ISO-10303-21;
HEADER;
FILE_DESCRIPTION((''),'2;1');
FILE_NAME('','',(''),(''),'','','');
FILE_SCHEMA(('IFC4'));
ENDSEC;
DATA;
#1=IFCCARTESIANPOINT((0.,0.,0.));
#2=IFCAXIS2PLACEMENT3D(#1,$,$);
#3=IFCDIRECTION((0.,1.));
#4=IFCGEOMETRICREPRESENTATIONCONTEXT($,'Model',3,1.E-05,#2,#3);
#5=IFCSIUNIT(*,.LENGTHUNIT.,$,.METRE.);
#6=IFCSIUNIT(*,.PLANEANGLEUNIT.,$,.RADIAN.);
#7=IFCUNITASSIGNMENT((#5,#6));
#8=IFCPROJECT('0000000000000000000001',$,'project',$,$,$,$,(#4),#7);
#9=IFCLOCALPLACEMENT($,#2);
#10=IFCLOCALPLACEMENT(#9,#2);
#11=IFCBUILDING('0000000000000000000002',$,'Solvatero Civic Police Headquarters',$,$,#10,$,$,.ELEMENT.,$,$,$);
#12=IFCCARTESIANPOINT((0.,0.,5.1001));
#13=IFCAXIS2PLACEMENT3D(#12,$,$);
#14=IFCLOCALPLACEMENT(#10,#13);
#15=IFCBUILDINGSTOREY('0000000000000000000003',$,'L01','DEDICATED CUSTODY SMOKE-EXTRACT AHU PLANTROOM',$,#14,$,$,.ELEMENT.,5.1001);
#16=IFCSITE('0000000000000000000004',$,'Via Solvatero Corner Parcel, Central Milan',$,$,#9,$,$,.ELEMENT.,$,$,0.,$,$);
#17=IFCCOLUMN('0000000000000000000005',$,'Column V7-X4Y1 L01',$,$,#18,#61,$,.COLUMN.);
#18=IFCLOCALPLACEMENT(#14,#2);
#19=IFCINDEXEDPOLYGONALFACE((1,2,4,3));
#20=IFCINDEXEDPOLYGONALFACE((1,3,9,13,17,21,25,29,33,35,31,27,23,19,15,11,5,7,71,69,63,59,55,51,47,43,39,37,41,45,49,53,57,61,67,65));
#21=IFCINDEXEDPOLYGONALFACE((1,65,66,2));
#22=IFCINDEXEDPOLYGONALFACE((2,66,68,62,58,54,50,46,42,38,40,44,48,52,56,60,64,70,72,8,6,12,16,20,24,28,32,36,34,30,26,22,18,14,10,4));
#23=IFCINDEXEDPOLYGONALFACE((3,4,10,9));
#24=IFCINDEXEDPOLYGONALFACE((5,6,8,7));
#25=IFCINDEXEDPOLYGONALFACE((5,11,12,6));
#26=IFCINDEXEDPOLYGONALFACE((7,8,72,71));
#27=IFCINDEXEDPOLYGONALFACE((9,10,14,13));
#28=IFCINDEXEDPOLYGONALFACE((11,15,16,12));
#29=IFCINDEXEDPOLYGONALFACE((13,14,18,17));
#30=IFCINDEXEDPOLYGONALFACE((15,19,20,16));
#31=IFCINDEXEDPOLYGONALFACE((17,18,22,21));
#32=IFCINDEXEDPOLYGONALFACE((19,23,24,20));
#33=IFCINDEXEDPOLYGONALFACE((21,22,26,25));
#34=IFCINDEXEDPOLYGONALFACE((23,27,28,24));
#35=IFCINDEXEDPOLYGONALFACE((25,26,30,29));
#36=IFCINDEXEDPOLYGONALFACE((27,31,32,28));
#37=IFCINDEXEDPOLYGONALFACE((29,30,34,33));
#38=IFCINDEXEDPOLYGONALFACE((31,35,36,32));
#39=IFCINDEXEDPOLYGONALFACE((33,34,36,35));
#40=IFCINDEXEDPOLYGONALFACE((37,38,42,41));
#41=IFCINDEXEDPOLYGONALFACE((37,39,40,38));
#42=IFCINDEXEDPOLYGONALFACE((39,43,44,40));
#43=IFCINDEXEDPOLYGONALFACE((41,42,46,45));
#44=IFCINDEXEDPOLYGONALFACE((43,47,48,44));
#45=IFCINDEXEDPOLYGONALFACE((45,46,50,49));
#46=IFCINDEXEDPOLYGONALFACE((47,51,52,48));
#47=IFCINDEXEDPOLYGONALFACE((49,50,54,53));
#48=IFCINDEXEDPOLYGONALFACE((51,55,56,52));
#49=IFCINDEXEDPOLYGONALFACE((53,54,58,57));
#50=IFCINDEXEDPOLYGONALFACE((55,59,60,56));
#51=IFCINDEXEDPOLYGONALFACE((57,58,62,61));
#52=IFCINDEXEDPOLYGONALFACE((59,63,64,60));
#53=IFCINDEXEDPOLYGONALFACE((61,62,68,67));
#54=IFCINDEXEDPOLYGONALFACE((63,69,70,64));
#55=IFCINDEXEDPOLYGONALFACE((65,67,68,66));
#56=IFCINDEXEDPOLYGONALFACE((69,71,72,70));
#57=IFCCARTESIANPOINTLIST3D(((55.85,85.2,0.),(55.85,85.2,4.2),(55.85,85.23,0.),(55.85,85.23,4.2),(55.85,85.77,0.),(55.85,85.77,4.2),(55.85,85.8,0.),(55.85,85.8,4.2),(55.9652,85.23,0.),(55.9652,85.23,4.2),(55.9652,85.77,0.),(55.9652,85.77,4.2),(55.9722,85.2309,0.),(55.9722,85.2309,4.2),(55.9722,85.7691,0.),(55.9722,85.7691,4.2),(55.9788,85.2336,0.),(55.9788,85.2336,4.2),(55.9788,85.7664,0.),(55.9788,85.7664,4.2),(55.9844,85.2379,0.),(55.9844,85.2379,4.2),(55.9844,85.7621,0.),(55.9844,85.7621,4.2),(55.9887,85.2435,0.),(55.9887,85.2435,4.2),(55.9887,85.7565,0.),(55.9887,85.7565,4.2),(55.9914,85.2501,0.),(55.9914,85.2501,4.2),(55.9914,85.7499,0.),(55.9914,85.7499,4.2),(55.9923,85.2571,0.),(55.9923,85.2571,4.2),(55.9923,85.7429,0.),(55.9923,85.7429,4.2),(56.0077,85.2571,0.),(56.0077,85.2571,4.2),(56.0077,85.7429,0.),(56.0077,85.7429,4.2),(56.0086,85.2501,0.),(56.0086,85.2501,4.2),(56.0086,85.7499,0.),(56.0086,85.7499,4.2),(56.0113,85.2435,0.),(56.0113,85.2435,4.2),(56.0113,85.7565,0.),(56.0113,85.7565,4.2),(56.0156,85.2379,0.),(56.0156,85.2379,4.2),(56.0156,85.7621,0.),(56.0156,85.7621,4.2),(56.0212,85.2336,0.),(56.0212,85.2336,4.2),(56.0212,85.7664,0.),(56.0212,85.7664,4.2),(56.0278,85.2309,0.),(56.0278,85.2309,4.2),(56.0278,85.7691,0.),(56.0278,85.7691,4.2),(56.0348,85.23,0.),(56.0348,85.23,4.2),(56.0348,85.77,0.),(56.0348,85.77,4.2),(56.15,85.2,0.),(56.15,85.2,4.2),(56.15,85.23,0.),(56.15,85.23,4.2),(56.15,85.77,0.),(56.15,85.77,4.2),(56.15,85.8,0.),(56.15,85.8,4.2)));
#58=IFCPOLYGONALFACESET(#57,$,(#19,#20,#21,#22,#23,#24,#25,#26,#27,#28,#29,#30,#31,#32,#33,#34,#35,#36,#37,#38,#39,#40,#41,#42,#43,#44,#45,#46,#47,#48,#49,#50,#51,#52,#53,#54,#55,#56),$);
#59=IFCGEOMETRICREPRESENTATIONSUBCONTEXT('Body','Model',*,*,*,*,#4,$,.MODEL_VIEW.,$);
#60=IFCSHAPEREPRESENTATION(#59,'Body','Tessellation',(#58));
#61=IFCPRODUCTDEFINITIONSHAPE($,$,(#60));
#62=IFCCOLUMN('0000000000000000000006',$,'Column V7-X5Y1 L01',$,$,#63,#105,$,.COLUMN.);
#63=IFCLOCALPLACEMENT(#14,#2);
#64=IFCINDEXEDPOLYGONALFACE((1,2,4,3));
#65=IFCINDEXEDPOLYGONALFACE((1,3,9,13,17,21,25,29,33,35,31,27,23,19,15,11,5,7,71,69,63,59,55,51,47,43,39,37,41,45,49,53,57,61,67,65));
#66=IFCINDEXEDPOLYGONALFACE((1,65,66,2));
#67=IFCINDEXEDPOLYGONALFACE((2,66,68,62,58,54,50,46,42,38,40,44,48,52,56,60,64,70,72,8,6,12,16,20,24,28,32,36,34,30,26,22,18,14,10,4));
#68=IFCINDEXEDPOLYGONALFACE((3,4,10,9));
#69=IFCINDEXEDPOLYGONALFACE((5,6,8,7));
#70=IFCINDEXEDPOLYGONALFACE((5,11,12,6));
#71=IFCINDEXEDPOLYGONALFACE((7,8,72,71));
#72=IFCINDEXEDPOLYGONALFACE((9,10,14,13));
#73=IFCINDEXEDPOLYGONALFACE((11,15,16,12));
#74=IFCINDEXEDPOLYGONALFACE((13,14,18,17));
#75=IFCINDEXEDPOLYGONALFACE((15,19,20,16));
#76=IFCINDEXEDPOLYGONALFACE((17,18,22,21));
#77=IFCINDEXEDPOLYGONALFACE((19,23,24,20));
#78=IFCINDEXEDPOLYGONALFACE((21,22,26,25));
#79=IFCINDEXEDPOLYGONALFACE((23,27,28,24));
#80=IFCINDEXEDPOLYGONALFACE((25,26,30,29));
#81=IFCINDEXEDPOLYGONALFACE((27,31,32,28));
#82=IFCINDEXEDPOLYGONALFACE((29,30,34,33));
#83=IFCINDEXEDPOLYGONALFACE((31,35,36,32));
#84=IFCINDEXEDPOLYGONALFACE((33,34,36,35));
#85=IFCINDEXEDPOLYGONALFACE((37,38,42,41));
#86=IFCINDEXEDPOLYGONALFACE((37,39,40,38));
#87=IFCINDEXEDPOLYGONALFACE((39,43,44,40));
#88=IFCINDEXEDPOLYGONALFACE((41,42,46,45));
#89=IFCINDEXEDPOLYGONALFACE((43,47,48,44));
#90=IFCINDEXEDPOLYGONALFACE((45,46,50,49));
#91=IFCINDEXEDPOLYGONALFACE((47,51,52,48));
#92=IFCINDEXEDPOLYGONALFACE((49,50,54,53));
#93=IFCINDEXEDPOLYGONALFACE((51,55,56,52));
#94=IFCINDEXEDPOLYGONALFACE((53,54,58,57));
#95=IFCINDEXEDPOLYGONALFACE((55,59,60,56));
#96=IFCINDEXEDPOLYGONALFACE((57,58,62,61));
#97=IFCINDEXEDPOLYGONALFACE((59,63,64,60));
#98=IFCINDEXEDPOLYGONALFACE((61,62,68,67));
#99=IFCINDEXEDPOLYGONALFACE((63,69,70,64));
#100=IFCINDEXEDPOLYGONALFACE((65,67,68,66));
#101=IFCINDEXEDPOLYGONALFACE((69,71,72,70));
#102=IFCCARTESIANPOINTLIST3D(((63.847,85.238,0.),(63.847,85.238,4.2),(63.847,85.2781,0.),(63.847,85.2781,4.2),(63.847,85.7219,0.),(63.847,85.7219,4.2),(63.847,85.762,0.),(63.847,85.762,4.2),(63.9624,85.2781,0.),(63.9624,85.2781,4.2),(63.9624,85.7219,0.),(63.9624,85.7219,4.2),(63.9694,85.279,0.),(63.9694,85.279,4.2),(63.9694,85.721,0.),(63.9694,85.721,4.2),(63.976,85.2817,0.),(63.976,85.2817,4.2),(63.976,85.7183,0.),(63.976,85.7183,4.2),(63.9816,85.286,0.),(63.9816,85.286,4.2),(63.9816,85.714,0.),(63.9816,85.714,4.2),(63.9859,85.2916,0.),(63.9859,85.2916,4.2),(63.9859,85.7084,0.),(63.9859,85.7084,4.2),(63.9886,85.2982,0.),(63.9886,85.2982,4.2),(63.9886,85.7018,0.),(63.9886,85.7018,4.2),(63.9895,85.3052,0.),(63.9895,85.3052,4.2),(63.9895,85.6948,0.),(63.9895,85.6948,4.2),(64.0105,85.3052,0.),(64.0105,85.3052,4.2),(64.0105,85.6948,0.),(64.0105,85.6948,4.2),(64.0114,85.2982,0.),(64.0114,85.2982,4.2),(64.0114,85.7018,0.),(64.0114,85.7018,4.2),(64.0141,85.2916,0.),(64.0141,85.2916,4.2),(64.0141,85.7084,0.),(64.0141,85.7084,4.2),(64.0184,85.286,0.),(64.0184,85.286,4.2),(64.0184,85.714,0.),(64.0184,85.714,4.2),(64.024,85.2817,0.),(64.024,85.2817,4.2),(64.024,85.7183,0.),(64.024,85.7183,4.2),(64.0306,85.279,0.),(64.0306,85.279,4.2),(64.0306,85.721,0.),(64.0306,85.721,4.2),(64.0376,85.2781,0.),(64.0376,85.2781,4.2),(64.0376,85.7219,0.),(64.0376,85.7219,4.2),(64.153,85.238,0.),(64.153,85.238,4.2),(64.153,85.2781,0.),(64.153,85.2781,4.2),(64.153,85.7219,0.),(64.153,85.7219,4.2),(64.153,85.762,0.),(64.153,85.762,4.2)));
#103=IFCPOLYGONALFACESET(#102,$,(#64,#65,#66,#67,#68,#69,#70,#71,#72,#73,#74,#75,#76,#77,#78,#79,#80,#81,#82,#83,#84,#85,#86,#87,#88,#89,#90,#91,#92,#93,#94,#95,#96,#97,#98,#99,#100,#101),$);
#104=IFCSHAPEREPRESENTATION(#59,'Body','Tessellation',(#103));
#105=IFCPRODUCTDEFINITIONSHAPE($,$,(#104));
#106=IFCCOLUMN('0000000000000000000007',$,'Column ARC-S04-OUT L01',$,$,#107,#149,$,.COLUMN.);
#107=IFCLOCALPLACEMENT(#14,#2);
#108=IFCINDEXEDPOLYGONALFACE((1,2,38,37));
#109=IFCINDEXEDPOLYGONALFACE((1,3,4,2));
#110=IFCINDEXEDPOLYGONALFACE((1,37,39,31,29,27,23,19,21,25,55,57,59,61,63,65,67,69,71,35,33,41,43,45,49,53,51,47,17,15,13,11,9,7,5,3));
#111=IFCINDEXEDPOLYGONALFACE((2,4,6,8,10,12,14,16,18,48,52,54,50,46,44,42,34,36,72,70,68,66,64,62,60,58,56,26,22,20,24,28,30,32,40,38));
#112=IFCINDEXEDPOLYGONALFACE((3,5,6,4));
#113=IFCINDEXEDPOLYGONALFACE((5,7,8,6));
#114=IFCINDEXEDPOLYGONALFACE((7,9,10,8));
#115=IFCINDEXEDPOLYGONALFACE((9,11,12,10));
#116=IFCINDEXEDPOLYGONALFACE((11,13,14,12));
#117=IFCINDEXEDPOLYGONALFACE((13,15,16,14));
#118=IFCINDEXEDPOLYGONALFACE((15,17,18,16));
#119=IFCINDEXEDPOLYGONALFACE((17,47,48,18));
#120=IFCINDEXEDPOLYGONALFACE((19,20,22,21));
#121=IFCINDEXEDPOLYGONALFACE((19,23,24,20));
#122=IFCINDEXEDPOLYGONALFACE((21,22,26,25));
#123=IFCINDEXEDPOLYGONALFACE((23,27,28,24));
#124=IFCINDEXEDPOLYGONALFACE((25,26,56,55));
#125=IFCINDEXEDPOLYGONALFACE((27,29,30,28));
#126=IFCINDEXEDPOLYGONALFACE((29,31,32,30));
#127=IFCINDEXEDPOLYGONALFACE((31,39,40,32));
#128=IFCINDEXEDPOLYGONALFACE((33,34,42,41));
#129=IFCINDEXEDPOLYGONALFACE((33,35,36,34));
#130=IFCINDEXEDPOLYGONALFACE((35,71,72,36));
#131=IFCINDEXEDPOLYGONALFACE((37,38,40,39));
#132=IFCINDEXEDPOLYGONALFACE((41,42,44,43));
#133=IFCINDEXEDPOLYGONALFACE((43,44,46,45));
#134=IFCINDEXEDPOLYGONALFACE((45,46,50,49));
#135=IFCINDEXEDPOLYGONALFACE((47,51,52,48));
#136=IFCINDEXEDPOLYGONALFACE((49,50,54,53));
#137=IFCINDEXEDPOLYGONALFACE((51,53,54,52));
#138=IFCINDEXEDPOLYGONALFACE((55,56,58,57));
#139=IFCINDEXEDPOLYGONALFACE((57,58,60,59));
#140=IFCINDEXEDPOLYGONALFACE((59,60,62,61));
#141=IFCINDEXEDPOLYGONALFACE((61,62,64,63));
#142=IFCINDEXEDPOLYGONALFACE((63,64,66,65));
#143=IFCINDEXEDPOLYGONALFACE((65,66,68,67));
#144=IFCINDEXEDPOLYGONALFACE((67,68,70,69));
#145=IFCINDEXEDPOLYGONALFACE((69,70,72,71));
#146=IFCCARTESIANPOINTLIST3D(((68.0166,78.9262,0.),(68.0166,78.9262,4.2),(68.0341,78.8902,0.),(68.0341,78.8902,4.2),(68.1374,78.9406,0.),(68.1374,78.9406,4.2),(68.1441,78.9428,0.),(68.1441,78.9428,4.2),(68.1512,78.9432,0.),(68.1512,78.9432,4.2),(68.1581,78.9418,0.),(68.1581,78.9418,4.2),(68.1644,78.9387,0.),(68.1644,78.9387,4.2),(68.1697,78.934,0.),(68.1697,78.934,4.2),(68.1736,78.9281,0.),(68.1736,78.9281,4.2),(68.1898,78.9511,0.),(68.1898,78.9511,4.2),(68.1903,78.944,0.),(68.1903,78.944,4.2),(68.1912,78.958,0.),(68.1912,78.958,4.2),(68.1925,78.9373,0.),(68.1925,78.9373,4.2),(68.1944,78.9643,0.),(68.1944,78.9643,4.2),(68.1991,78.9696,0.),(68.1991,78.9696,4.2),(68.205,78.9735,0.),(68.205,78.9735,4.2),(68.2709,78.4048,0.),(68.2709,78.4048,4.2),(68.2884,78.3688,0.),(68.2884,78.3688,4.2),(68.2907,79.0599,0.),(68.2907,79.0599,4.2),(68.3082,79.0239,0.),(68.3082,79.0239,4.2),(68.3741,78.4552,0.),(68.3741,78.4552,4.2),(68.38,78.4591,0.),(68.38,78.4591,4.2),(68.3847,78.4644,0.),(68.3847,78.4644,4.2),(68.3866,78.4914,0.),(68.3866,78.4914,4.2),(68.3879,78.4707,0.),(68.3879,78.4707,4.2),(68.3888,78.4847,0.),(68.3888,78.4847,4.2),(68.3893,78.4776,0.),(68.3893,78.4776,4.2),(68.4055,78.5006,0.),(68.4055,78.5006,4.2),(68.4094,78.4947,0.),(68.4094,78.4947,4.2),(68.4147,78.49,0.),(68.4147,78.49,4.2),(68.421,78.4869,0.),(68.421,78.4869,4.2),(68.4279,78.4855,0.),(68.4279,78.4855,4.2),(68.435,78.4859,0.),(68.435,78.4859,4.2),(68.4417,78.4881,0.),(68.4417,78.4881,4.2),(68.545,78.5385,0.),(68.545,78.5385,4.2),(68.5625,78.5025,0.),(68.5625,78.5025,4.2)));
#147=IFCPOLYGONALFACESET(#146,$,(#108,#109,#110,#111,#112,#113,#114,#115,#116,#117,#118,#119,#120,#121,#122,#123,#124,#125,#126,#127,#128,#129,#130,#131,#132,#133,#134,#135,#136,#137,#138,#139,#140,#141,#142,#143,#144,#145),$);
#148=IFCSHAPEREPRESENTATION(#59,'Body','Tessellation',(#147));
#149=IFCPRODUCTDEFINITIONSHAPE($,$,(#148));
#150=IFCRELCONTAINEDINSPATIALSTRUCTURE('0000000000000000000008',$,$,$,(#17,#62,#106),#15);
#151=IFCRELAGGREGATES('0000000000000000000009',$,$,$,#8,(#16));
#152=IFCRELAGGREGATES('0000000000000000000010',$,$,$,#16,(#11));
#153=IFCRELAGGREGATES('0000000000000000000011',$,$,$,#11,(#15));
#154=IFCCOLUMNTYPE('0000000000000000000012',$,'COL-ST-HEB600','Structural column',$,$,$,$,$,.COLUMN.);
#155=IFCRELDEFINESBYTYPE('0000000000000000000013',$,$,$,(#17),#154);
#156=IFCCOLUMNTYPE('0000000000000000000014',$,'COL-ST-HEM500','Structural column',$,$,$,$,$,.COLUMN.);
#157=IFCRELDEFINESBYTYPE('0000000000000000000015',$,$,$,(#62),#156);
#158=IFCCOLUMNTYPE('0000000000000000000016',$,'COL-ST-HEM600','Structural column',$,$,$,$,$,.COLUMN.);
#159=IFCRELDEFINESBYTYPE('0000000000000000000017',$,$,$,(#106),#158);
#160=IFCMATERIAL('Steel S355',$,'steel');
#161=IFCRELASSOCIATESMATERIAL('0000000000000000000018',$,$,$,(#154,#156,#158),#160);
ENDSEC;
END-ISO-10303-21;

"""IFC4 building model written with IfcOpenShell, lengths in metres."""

from ifc_helpers import new_model, si_unit, direction, frame, origin, origin_2d, place, context, subcontext, project, spatial, i_section, extrude, material, material_profile, profile_set, type_object, element, save


model = new_model("IFC4")

# Units and contexts
model_context = context("Model", 3, precision=1e-05, world=origin(), true_north=direction((0.0, 1.0)))
body_context = subcontext(model_context, "Body", "Model", "MODEL_VIEW")
ifc_project = project(units=[si_unit("LENGTHUNIT", "METRE"), si_unit("PLANEANGLEUNIT", "RADIAN")], contexts=[model_context])

# Site, building, storey
site_placement = place(None, origin())
site = spatial("IfcSite", under=ifc_project, at=site_placement, Name="Via Solvatero Corner Parcel, Central Milan", CompositionType="ELEMENT", RefElevation=0.0)
building_placement = place(site_placement, origin())
building = spatial("IfcBuilding", under=site, at=building_placement, Name="Solvatero Civic Police Headquarters", CompositionType="ELEMENT")
storey_placement = place(building_placement, frame((0.0, 0.0, 5.1001)))
storey = spatial("IfcBuildingStorey", under=building, at=storey_placement, Name="L01", Description="DEDICATED CUSTODY SMOKE-EXTRACT AHU PLANTROOM", CompositionType="ELEMENT", Elevation=5.1001)

# Columns
ifc_material_1 = material(Name="Steel S355", Category="steel")
ifc_material_profile_1 = material_profile(ifc_material_1, i_section(OverallWidth=0.3, OverallDepth=0.6001, WebThickness=0.0154, FlangeThickness=0.03, FilletRadius=0.0271, at=origin_2d()), Name="HEB 600")
ifc_profile_set_1 = profile_set([ifc_material_profile_1], Name="Steel S355")
column_type_1 = type_object("IfcColumnType", Name="COL-ST-HEB600", Description="Structural column", PredefinedType="COLUMN", material=ifc_profile_set_1)
column_1_placement = place(storey_placement, frame((56.0, 85.5, 0.0), z_axis=(0.0, 0.0, 1.0), x_axis=(1.0, 0.0, 0.0)))
element("IfcColumn", 1, at=column_1_placement, inside=storey, type_object=column_type_1, Name="Column V7-X4Y1 L01", PredefinedType="COLUMN", context=body_context, shape_type="SweptSolid", body=[
    extrude(i_section(OverallWidth=0.3, OverallDepth=0.6001, WebThickness=0.0154, FlangeThickness=0.03, FilletRadius=0.0271, at=origin_2d()), origin(), (0.0, 0.0, 1.0), 4.2),
])
ifc_material_profile_2 = material_profile(ifc_material_1, i_section(OverallWidth=0.3059, OverallDepth=0.5239, WebThickness=0.021, FlangeThickness=0.04, FilletRadius=0.0271, at=origin_2d()), Name="HEM 500")
ifc_profile_set_2 = profile_set([ifc_material_profile_2], Name="Steel S355")
column_type_2 = type_object("IfcColumnType", Name="COL-ST-HEM500", Description="Structural column", PredefinedType="COLUMN", material=ifc_profile_set_2)
column_2_placement = place(storey_placement, frame((64.0, 85.5, 0.0), z_axis=(0.0, 0.0, 1.0), x_axis=(1.0, 0.0, 0.0)))
element("IfcColumn", 2, at=column_2_placement, inside=storey, type_object=column_type_2, Name="Column V7-X5Y1 L01", PredefinedType="COLUMN", context=body_context, shape_type="SweptSolid", body=[
    extrude(i_section(OverallWidth=0.3059, OverallDepth=0.5239, WebThickness=0.021, FlangeThickness=0.04, FilletRadius=0.0271, at=origin_2d()), origin(), (0.0, 0.0, 1.0), 4.2),
])
ifc_material_profile_3 = material_profile(ifc_material_1, i_section(OverallWidth=0.3049, OverallDepth=0.6201, WebThickness=0.021, FlangeThickness=0.04, FilletRadius=0.0271, at=origin_2d()), Name="HEM 600")
ifc_profile_set_3 = profile_set([ifc_material_profile_3], Name="Steel S355")
column_type_3 = type_object("IfcColumnType", Name="COL-ST-HEM600", Description="Structural column", PredefinedType="COLUMN", material=ifc_profile_set_3)
column_3_placement = place(storey_placement, frame((68.2896, 78.7144, 0.0), z_axis=(0.0, 0.0, 1.0), x_axis=(0.898794, 0.438371, 0.0)))
element("IfcColumn", 3, at=column_3_placement, inside=storey, type_object=column_type_3, Name="Column ARC-S04-OUT L01", PredefinedType="COLUMN", context=body_context, shape_type="SweptSolid", body=[
    extrude(i_section(OverallWidth=0.3049, OverallDepth=0.6201, WebThickness=0.021, FlangeThickness=0.04, FilletRadius=0.0271, at=origin_2d()), origin(), (0.0, 0.0, 1.0), 4.2),
])

save(model, "model.ifc")
